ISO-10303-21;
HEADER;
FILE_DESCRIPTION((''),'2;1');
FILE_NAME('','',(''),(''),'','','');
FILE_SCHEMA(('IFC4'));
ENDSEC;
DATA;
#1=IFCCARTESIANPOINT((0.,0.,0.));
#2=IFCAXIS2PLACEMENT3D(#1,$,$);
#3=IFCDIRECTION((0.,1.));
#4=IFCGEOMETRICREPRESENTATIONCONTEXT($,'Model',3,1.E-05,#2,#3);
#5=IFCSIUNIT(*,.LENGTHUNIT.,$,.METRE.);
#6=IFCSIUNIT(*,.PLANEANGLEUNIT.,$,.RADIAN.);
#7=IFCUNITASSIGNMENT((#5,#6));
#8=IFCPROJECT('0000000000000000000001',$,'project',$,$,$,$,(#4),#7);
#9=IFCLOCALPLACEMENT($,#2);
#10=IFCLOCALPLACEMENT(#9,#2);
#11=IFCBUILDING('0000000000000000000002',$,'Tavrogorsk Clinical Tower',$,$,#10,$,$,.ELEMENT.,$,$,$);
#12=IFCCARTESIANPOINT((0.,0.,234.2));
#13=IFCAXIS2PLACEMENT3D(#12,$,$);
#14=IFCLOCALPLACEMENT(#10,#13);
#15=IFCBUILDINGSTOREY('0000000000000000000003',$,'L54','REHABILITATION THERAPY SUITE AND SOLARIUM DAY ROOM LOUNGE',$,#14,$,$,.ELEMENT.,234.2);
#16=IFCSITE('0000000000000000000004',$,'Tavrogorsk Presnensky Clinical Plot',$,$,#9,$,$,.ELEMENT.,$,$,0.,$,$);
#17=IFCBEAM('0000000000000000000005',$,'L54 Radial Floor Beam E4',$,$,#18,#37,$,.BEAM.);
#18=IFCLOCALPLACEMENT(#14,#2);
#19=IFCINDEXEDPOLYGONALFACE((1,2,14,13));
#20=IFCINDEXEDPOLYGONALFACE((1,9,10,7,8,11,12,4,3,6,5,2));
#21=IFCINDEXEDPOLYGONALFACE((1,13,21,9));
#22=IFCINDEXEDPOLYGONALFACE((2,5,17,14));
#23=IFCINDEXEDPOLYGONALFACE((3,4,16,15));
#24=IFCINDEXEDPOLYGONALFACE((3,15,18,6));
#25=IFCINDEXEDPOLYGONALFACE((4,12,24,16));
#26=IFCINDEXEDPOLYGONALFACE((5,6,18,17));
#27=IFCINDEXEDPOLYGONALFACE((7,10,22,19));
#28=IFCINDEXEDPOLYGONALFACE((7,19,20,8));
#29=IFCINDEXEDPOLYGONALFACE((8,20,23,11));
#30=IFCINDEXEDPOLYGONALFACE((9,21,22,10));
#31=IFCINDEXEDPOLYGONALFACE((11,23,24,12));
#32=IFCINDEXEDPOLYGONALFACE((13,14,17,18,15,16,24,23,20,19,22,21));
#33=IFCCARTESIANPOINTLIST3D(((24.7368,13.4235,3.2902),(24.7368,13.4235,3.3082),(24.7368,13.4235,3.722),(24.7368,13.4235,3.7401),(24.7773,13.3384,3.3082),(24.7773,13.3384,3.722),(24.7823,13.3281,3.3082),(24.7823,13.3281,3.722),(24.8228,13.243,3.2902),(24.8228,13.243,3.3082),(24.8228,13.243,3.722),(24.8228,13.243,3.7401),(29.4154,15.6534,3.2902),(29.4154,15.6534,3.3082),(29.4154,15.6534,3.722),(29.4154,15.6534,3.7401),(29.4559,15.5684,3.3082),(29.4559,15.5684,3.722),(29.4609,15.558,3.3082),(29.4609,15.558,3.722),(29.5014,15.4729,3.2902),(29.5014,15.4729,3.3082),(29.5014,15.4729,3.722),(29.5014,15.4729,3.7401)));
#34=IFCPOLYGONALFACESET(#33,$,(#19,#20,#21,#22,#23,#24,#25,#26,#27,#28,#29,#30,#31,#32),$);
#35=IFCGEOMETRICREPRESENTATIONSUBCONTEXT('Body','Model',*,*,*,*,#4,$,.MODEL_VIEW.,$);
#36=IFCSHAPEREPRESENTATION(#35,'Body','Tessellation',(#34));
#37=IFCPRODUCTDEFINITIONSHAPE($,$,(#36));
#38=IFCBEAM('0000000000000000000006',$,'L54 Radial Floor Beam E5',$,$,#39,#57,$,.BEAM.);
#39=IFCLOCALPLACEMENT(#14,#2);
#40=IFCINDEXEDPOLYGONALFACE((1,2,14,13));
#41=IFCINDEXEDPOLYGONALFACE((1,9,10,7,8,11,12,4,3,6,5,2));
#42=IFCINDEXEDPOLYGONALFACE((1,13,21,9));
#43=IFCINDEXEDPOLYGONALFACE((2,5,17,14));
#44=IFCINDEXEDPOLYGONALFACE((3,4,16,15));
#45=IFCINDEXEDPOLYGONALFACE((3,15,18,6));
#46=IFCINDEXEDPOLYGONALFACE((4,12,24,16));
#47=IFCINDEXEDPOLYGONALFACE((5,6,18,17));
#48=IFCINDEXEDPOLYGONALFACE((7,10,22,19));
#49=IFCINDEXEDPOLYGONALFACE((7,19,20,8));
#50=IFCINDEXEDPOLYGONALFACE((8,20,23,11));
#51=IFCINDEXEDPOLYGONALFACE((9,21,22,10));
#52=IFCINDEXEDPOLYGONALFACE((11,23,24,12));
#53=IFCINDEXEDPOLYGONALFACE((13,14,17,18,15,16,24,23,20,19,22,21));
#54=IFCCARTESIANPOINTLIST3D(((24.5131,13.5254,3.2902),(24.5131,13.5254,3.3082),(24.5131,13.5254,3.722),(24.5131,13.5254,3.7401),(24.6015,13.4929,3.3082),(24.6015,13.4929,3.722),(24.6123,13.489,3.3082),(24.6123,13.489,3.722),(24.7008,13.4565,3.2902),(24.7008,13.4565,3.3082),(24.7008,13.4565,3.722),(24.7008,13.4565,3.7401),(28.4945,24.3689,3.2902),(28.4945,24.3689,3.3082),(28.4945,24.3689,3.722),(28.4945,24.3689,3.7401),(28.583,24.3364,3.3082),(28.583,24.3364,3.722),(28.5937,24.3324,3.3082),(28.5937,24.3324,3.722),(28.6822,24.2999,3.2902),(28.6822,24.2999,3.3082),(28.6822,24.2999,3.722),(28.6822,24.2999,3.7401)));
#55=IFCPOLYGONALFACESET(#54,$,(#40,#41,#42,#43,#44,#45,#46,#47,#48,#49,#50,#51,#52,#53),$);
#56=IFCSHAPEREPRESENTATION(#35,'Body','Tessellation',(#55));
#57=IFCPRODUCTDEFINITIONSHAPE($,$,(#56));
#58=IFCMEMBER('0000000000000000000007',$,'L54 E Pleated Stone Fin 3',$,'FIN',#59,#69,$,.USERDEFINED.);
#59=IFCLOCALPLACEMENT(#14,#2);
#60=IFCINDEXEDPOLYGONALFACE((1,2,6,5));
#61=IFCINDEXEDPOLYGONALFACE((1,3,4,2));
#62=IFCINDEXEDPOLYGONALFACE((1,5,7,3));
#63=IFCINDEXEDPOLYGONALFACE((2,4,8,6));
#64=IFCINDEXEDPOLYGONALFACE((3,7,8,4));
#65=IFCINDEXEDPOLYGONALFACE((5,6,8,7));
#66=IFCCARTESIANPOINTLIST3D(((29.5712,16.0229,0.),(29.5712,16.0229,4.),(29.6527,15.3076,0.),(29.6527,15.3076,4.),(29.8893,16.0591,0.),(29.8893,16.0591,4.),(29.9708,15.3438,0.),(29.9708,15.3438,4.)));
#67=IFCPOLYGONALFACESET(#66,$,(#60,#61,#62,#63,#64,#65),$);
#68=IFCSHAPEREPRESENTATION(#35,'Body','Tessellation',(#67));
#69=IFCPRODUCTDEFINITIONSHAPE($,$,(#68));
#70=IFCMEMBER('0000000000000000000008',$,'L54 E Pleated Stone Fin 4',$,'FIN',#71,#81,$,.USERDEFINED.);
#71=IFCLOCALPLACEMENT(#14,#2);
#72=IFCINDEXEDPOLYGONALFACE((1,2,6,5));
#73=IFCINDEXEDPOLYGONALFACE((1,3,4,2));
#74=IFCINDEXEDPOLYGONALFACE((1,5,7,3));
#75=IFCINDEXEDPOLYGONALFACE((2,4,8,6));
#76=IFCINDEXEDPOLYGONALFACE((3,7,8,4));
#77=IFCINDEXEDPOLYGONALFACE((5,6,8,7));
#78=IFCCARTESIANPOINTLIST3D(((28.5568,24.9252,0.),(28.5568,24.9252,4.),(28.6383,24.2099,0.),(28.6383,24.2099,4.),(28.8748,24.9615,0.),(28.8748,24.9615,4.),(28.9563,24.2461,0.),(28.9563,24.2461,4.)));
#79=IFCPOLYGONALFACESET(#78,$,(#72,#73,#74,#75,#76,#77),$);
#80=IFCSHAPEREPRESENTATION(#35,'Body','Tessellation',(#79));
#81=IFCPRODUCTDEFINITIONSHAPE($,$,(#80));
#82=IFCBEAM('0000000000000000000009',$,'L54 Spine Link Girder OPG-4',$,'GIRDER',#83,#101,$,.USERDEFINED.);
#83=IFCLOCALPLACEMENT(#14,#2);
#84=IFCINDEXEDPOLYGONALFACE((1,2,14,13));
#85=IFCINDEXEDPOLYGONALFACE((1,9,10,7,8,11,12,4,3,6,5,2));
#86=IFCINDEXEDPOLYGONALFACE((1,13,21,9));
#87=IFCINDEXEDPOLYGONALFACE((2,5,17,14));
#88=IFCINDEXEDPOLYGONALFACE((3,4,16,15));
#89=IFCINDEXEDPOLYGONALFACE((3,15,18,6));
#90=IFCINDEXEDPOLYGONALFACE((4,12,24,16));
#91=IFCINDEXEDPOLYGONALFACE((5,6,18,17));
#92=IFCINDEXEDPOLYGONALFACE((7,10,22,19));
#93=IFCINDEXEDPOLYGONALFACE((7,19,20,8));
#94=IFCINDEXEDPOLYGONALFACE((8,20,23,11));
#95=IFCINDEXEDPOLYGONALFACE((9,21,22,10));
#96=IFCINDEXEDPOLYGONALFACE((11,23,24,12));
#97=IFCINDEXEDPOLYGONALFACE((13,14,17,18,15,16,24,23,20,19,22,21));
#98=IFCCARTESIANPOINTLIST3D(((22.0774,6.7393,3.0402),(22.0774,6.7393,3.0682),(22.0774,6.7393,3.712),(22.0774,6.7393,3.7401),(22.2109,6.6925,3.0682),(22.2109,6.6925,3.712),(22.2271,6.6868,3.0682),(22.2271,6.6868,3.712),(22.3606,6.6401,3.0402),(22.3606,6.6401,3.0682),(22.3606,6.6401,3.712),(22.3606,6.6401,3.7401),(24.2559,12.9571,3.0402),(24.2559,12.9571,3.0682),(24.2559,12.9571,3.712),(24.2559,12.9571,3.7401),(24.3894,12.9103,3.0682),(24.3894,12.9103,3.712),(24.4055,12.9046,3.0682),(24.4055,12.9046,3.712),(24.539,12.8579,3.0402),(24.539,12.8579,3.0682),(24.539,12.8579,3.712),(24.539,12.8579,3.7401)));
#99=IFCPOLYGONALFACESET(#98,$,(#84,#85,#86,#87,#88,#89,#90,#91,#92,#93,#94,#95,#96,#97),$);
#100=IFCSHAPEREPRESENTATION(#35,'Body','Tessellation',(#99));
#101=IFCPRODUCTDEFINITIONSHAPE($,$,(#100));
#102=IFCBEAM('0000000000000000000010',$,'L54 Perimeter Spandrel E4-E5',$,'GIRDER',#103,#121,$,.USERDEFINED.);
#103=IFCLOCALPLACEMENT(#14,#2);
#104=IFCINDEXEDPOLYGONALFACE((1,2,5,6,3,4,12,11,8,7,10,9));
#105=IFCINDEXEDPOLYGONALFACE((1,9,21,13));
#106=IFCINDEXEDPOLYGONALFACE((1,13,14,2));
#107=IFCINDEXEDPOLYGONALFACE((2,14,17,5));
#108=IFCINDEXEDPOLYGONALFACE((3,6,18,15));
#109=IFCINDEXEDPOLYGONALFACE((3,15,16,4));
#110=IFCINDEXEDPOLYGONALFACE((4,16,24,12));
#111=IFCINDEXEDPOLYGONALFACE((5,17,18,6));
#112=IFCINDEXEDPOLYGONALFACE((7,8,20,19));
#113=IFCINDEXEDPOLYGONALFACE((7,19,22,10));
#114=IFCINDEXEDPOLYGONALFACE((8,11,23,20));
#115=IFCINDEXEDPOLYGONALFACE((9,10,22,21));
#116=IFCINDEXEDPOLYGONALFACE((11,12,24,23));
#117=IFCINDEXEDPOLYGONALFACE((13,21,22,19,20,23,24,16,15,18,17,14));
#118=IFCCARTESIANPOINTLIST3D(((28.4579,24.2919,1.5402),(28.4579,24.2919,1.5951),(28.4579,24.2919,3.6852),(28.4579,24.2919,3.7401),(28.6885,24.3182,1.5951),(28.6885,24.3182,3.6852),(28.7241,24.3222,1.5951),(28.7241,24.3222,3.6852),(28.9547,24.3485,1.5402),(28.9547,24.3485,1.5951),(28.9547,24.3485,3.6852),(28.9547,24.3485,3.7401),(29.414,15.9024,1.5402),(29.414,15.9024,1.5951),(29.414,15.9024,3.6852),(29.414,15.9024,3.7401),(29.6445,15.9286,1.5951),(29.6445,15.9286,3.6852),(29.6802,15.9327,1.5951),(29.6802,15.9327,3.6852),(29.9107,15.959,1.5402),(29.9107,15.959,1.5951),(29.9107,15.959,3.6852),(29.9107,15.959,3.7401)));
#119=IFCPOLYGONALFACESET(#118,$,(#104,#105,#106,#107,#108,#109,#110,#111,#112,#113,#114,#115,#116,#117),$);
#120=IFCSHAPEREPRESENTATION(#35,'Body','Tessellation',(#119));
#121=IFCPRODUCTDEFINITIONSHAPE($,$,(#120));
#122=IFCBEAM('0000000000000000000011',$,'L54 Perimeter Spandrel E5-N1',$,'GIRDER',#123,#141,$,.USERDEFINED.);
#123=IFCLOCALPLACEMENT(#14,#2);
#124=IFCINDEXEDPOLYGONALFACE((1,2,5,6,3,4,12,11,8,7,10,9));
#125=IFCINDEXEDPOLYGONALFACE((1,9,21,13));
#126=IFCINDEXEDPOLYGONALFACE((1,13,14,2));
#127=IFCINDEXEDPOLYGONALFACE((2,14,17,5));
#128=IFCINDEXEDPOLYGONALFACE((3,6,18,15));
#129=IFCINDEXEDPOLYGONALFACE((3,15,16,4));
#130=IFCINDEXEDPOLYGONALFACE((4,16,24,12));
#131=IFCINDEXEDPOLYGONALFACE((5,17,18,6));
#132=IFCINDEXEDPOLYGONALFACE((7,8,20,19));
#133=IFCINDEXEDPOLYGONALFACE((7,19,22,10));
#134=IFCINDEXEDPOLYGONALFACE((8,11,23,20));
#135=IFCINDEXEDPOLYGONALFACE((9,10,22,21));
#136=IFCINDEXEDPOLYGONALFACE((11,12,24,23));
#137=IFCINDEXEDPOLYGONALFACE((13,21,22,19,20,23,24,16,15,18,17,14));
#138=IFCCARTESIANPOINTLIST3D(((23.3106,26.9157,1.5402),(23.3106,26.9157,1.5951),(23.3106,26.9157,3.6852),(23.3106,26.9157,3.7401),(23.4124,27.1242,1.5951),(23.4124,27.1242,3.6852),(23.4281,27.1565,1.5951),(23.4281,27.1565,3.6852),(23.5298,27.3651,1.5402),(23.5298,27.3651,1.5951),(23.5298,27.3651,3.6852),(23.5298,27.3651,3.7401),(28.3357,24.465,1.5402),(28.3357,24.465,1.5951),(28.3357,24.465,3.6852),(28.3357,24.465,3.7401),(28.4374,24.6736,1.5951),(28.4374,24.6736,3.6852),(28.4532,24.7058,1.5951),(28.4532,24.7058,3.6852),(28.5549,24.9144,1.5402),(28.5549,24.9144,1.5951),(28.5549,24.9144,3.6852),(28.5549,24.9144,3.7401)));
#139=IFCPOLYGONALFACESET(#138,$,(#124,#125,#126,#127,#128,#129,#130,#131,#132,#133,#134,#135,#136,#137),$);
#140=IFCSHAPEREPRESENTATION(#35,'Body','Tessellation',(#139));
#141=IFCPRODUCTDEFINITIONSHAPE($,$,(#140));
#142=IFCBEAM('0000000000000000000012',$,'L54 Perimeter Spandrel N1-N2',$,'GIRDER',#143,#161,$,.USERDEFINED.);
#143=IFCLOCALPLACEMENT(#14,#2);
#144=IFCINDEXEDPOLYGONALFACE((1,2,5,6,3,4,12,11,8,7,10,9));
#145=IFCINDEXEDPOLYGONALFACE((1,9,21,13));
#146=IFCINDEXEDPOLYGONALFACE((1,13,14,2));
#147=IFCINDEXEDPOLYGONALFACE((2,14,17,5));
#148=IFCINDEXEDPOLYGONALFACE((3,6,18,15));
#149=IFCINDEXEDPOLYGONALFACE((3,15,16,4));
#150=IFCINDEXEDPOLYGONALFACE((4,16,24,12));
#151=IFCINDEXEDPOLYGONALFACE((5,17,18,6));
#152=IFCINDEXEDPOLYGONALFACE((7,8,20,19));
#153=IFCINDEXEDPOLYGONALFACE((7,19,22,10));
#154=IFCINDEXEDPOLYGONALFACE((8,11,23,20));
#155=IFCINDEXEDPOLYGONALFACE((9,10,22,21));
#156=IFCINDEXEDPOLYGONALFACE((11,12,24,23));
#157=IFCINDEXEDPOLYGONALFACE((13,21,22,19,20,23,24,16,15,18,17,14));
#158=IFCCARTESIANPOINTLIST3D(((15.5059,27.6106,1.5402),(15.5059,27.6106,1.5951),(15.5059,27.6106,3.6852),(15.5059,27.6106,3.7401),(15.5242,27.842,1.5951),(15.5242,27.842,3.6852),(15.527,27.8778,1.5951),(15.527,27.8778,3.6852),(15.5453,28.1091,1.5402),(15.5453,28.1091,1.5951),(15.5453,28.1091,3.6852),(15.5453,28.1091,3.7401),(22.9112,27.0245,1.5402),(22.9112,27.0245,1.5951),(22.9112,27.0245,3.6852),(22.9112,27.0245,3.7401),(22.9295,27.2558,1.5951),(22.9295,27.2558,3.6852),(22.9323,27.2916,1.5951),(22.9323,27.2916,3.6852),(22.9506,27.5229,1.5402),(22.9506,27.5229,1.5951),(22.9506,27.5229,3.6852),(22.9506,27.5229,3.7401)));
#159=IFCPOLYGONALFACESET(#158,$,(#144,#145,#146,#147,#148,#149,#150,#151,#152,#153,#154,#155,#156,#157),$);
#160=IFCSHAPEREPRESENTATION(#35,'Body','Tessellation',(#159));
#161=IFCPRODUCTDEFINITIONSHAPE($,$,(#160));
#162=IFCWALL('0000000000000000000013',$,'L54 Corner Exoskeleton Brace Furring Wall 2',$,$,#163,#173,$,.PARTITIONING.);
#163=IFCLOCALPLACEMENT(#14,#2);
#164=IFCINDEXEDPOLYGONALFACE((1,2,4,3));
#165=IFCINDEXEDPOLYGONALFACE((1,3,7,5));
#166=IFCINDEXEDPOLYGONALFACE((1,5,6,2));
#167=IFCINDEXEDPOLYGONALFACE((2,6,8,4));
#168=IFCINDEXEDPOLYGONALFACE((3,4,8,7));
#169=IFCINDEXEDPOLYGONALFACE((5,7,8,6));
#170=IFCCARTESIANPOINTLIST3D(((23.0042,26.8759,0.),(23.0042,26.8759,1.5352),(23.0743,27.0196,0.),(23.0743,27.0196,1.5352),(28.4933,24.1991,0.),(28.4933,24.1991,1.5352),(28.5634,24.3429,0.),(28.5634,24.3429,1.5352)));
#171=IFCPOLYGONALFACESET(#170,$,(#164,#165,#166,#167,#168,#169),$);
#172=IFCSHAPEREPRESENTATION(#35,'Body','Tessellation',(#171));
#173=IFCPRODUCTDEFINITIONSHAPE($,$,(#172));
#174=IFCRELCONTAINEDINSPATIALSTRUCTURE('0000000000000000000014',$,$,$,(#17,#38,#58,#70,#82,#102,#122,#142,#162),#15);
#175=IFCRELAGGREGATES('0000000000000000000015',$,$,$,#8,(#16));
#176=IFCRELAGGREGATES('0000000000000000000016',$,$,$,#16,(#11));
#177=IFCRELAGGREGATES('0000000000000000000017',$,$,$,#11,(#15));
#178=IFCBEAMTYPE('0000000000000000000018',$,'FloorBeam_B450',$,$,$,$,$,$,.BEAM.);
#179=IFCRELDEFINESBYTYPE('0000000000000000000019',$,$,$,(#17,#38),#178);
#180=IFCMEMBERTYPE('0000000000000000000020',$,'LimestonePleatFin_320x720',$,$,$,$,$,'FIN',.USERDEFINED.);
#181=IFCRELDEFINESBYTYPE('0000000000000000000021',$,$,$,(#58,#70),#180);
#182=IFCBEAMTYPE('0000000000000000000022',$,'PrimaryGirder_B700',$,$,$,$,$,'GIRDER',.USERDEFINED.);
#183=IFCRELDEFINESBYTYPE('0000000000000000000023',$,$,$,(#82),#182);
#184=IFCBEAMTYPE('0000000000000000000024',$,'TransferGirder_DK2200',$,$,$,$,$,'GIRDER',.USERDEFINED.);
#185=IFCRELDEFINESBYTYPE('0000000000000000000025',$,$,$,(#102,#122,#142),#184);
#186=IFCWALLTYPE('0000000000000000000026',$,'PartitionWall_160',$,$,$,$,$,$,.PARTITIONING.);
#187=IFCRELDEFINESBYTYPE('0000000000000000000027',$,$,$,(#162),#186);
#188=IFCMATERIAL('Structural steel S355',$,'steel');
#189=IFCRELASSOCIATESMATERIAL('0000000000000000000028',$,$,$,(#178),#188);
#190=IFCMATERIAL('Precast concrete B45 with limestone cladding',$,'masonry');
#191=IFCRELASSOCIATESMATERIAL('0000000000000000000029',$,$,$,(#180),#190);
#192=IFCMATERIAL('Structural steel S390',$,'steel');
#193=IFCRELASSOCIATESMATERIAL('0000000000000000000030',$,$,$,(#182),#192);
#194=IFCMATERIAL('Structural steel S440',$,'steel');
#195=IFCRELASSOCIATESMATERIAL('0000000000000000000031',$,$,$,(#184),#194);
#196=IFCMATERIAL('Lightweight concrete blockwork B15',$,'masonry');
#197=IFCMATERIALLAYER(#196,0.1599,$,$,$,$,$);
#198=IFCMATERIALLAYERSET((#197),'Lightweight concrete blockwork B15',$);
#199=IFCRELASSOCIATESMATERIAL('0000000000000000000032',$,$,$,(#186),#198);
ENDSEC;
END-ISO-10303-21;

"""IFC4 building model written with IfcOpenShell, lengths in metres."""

from ifc_helpers import new_model, si_unit, direction, frame, frame_2d, origin, origin_2d, place, context, subcontext, project, spatial, rectangle, i_section, extrude, material, layer, layer_set, material_profile, profile_set, type_object, element, save


model = new_model("IFC4")

# Units and contexts
model_context = context("Model", 3, precision=1e-05, world=origin(), true_north=direction((0.0, 1.0)))
body_context = subcontext(model_context, "Body", "Model", "MODEL_VIEW")
ifc_project = project(units=[si_unit("LENGTHUNIT", "METRE"), si_unit("PLANEANGLEUNIT", "RADIAN")], contexts=[model_context])

# Site, building, storey
site_placement = place(None, origin())
site = spatial("IfcSite", under=ifc_project, at=site_placement, Name="Tavrogorsk Presnensky Clinical Plot", CompositionType="ELEMENT", RefElevation=0.0)
building_placement = place(site_placement, origin())
building = spatial("IfcBuilding", under=site, at=building_placement, Name="Tavrogorsk Clinical Tower", CompositionType="ELEMENT")
storey_placement = place(building_placement, frame((0.0, 0.0, 234.2)))
storey = spatial("IfcBuildingStorey", under=building, at=storey_placement, Name="L54", Description="REHABILITATION THERAPY SUITE AND SOLARIUM DAY ROOM LOUNGE", CompositionType="ELEMENT", Elevation=234.2)

# Beams
ifc_material_1 = material(Name="Structural steel S355", Category="steel")
ifc_material_profile_1 = material_profile(ifc_material_1, i_section(OverallWidth=0.2, OverallDepth=0.45, WebThickness=0.0115, FlangeThickness=0.0181, at=origin_2d()), Name="B-450x200x11.5x18")
ifc_profile_set_1 = profile_set([ifc_material_profile_1], Name="Structural steel S355")
beam_type_1 = type_object("IfcBeamType", Name="FloorBeam_B450", PredefinedType="BEAM", material=ifc_profile_set_1)
beam_1_placement = place(storey_placement, frame((24.7798, 13.3333, 3.5151), z_axis=(0.902709, 0.430252, 0.0), x_axis=(-0.430252, 0.902709, 0.0)))
element("IfcBeam", 1, at=beam_1_placement, inside=storey, type_object=beam_type_1, Name="L54 Radial Floor Beam E4", PredefinedType="BEAM", context=body_context, shape_type="SweptSolid", body=[
    extrude(i_section(OverallWidth=0.2, OverallDepth=0.45, WebThickness=0.0115, FlangeThickness=0.0181, at=origin_2d()), origin(), (0.0, 0.0, 1.0), 5.1829),
])
beam_2_placement = place(storey_placement, frame((24.6069, 13.491, 3.5151), z_axis=(0.344674, 0.938723, 0.0), x_axis=(-0.938723, 0.344674, 0.0)))
element("IfcBeam", 2, at=beam_2_placement, inside=storey, type_object=beam_type_1, Name="L54 Radial Floor Beam E5", PredefinedType="BEAM", context=body_context, shape_type="SweptSolid", body=[
    extrude(i_section(OverallWidth=0.2, OverallDepth=0.45, WebThickness=0.0115, FlangeThickness=0.0181, at=origin_2d()), origin(), (0.0, 0.0, 1.0), 11.5513),
])

# Members
ifc_material_2 = material(Name="Precast concrete B45 with limestone cladding", Category="masonry")
ifc_material_profile_2 = material_profile(ifc_material_2, rectangle(XDim=0.3201, YDim=0.72, at=origin_2d()), Name="LIMESTONE-FIN-320x720")
ifc_profile_set_2 = profile_set([ifc_material_profile_2], Name="Precast concrete B45 with limestone cladding")
member_type_1 = type_object("IfcMemberType", Name="LimestonePleatFin_320x720", ElementType="FIN", PredefinedType="USERDEFINED", material=ifc_profile_set_2)
for number, where, z_axis, x_axis, name in (
    (3, (29.771, 15.6833, 0.0), (0.0, 0.0, 1.0), (0.993572, 0.113203, 0.0), "L54 E Pleated Stone Fin 3"),
    (4, (28.7566, 24.5857, 0.0), (0.0, 0.0, 1.0), (0.993572, 0.113203, 0.0), "L54 E Pleated Stone Fin 4"),
):
    element("IfcMember", number, at=place(storey_placement, frame(where, z_axis=z_axis, x_axis=x_axis)), inside=storey, type_object=member_type_1, Name=name, ObjectType="FIN", PredefinedType="USERDEFINED", context=body_context, shape_type="SweptSolid", body=[
        extrude(rectangle(XDim=0.3201, YDim=0.72, at=origin_2d()), origin(), (0.0, 0.0, 1.0), 4.0),
    ])

# Beams
ifc_material_3 = material(Name="Structural steel S390", Category="steel")
ifc_material_profile_3 = material_profile(ifc_material_3, i_section(OverallWidth=0.3, OverallDepth=0.7, WebThickness=0.0171, FlangeThickness=0.0281, at=origin_2d()), Name="B-700x300x17x28")
ifc_profile_set_3 = profile_set([ifc_material_profile_3], Name="Structural steel S390")
beam_type_2 = type_object("IfcBeamType", Name="PrimaryGirder_B700", ElementType="GIRDER", PredefinedType="USERDEFINED", material=ifc_profile_set_3)
beam_3_placement = place(storey_placement, frame((24.3975, 12.9075, 3.3901), z_axis=(-0.330654, -0.943752, 0.0), x_axis=(0.943752, -0.330654, 0.0)))
element("IfcBeam", 5, at=beam_3_placement, inside=storey, type_object=beam_type_2, Name="L54 Spine Link Girder OPG-4", ObjectType="GIRDER", PredefinedType="USERDEFINED", context=body_context, shape_type="SweptSolid", body=[
    extrude(i_section(OverallWidth=0.3, OverallDepth=0.7, WebThickness=0.0171, FlangeThickness=0.0281, at=origin_2d()), origin(), (0.0, 0.0, 1.0), 6.5884),
])
ifc_material_4 = material(Name="Structural steel S440", Category="steel")
ifc_material_profile_4 = material_profile(ifc_material_4, i_section(OverallWidth=0.5, OverallDepth=2.2, WebThickness=0.0359, FlangeThickness=0.0549, at=origin_2d()), Name="DK-2200x500x36x55")
ifc_profile_set_4 = profile_set([ifc_material_profile_4], Name="Structural steel S440")
beam_type_3 = type_object("IfcBeamType", Name="TransferGirder_DK2200", ElementType="GIRDER", PredefinedType="USERDEFINED", material=ifc_profile_set_4)
beam_4_placement = place(storey_placement, frame((29.6624, 15.9307, 2.6401), z_axis=(-0.113224, 0.99357, 0.0), x_axis=(-0.99357, -0.113224, 0.0)))
element("IfcBeam", 6, at=beam_4_placement, inside=storey, type_object=beam_type_3, Name="L54 Perimeter Spandrel E4-E5", ObjectType="GIRDER", PredefinedType="USERDEFINED", context=body_context, shape_type="SweptSolid", body=[
    extrude(i_section(OverallWidth=0.5, OverallDepth=2.2, WebThickness=0.0359, FlangeThickness=0.0549, at=origin_2d()), origin(), (0.0, 0.0, 1.0), 8.4438),
])
beam_5_placement = place(storey_placement, frame((28.4453, 24.6897, 2.6401), z_axis=(-0.898811, 0.438336, 0.0), x_axis=(-0.438336, -0.898811, 0.0)))
element("IfcBeam", 7, at=beam_5_placement, inside=storey, type_object=beam_type_3, Name="L54 Perimeter Spandrel E5-N1", ObjectType="GIRDER", PredefinedType="USERDEFINED", context=body_context, shape_type="SweptSolid", body=[
    extrude(i_section(OverallWidth=0.5, OverallDepth=2.2, WebThickness=0.0359, FlangeThickness=0.0549, at=origin_2d()), origin(), (0.0, 0.0, 1.0), 5.5908),
])
beam_6_placement = place(storey_placement, frame((22.9309, 27.2737, 2.6401), z_axis=(-0.996882, 0.07891, 0.0), x_axis=(-0.07891, -0.996882, 0.0)))
element("IfcBeam", 8, at=beam_6_placement, inside=storey, type_object=beam_type_3, Name="L54 Perimeter Spandrel N1-N2", ObjectType="GIRDER", PredefinedType="USERDEFINED", context=body_context, shape_type="SweptSolid", body=[
    extrude(i_section(OverallWidth=0.5, OverallDepth=2.2, WebThickness=0.0359, FlangeThickness=0.0549, at=origin_2d()), origin(), (0.0, 0.0, 1.0), 7.4285),
])

# Wall
ifc_material_5 = material(Name="Lightweight concrete blockwork B15", Category="masonry")
ifc_layer_1 = layer(ifc_material_5, 0.1599)
ifc_layer_set_1 = layer_set([ifc_layer_1], Name="Lightweight concrete blockwork B15")
wall_type_1 = type_object("IfcWallType", Name="PartitionWall_160", PredefinedType="PARTITIONING", material=ifc_layer_set_1)
wall_1_placement = place(storey_placement, frame((28.5283, 24.271, 0.0), z_axis=(0.0, 0.0, 1.0), x_axis=(-0.898821, 0.438317, 0.0)))
element("IfcWall", 9, at=wall_1_placement, inside=storey, type_object=wall_type_1, Name="L54 Corner Exoskeleton Brace Furring Wall 2", PredefinedType="PARTITIONING", context=body_context, shape_type="SweptSolid", body=[
    extrude(rectangle(XDim=6.1069, YDim=0.1599, at=frame_2d((3.0535, 0.0))), origin(), (0.0, 0.0, 1.0), 1.5352),
])

save(model, "model.ifc")
